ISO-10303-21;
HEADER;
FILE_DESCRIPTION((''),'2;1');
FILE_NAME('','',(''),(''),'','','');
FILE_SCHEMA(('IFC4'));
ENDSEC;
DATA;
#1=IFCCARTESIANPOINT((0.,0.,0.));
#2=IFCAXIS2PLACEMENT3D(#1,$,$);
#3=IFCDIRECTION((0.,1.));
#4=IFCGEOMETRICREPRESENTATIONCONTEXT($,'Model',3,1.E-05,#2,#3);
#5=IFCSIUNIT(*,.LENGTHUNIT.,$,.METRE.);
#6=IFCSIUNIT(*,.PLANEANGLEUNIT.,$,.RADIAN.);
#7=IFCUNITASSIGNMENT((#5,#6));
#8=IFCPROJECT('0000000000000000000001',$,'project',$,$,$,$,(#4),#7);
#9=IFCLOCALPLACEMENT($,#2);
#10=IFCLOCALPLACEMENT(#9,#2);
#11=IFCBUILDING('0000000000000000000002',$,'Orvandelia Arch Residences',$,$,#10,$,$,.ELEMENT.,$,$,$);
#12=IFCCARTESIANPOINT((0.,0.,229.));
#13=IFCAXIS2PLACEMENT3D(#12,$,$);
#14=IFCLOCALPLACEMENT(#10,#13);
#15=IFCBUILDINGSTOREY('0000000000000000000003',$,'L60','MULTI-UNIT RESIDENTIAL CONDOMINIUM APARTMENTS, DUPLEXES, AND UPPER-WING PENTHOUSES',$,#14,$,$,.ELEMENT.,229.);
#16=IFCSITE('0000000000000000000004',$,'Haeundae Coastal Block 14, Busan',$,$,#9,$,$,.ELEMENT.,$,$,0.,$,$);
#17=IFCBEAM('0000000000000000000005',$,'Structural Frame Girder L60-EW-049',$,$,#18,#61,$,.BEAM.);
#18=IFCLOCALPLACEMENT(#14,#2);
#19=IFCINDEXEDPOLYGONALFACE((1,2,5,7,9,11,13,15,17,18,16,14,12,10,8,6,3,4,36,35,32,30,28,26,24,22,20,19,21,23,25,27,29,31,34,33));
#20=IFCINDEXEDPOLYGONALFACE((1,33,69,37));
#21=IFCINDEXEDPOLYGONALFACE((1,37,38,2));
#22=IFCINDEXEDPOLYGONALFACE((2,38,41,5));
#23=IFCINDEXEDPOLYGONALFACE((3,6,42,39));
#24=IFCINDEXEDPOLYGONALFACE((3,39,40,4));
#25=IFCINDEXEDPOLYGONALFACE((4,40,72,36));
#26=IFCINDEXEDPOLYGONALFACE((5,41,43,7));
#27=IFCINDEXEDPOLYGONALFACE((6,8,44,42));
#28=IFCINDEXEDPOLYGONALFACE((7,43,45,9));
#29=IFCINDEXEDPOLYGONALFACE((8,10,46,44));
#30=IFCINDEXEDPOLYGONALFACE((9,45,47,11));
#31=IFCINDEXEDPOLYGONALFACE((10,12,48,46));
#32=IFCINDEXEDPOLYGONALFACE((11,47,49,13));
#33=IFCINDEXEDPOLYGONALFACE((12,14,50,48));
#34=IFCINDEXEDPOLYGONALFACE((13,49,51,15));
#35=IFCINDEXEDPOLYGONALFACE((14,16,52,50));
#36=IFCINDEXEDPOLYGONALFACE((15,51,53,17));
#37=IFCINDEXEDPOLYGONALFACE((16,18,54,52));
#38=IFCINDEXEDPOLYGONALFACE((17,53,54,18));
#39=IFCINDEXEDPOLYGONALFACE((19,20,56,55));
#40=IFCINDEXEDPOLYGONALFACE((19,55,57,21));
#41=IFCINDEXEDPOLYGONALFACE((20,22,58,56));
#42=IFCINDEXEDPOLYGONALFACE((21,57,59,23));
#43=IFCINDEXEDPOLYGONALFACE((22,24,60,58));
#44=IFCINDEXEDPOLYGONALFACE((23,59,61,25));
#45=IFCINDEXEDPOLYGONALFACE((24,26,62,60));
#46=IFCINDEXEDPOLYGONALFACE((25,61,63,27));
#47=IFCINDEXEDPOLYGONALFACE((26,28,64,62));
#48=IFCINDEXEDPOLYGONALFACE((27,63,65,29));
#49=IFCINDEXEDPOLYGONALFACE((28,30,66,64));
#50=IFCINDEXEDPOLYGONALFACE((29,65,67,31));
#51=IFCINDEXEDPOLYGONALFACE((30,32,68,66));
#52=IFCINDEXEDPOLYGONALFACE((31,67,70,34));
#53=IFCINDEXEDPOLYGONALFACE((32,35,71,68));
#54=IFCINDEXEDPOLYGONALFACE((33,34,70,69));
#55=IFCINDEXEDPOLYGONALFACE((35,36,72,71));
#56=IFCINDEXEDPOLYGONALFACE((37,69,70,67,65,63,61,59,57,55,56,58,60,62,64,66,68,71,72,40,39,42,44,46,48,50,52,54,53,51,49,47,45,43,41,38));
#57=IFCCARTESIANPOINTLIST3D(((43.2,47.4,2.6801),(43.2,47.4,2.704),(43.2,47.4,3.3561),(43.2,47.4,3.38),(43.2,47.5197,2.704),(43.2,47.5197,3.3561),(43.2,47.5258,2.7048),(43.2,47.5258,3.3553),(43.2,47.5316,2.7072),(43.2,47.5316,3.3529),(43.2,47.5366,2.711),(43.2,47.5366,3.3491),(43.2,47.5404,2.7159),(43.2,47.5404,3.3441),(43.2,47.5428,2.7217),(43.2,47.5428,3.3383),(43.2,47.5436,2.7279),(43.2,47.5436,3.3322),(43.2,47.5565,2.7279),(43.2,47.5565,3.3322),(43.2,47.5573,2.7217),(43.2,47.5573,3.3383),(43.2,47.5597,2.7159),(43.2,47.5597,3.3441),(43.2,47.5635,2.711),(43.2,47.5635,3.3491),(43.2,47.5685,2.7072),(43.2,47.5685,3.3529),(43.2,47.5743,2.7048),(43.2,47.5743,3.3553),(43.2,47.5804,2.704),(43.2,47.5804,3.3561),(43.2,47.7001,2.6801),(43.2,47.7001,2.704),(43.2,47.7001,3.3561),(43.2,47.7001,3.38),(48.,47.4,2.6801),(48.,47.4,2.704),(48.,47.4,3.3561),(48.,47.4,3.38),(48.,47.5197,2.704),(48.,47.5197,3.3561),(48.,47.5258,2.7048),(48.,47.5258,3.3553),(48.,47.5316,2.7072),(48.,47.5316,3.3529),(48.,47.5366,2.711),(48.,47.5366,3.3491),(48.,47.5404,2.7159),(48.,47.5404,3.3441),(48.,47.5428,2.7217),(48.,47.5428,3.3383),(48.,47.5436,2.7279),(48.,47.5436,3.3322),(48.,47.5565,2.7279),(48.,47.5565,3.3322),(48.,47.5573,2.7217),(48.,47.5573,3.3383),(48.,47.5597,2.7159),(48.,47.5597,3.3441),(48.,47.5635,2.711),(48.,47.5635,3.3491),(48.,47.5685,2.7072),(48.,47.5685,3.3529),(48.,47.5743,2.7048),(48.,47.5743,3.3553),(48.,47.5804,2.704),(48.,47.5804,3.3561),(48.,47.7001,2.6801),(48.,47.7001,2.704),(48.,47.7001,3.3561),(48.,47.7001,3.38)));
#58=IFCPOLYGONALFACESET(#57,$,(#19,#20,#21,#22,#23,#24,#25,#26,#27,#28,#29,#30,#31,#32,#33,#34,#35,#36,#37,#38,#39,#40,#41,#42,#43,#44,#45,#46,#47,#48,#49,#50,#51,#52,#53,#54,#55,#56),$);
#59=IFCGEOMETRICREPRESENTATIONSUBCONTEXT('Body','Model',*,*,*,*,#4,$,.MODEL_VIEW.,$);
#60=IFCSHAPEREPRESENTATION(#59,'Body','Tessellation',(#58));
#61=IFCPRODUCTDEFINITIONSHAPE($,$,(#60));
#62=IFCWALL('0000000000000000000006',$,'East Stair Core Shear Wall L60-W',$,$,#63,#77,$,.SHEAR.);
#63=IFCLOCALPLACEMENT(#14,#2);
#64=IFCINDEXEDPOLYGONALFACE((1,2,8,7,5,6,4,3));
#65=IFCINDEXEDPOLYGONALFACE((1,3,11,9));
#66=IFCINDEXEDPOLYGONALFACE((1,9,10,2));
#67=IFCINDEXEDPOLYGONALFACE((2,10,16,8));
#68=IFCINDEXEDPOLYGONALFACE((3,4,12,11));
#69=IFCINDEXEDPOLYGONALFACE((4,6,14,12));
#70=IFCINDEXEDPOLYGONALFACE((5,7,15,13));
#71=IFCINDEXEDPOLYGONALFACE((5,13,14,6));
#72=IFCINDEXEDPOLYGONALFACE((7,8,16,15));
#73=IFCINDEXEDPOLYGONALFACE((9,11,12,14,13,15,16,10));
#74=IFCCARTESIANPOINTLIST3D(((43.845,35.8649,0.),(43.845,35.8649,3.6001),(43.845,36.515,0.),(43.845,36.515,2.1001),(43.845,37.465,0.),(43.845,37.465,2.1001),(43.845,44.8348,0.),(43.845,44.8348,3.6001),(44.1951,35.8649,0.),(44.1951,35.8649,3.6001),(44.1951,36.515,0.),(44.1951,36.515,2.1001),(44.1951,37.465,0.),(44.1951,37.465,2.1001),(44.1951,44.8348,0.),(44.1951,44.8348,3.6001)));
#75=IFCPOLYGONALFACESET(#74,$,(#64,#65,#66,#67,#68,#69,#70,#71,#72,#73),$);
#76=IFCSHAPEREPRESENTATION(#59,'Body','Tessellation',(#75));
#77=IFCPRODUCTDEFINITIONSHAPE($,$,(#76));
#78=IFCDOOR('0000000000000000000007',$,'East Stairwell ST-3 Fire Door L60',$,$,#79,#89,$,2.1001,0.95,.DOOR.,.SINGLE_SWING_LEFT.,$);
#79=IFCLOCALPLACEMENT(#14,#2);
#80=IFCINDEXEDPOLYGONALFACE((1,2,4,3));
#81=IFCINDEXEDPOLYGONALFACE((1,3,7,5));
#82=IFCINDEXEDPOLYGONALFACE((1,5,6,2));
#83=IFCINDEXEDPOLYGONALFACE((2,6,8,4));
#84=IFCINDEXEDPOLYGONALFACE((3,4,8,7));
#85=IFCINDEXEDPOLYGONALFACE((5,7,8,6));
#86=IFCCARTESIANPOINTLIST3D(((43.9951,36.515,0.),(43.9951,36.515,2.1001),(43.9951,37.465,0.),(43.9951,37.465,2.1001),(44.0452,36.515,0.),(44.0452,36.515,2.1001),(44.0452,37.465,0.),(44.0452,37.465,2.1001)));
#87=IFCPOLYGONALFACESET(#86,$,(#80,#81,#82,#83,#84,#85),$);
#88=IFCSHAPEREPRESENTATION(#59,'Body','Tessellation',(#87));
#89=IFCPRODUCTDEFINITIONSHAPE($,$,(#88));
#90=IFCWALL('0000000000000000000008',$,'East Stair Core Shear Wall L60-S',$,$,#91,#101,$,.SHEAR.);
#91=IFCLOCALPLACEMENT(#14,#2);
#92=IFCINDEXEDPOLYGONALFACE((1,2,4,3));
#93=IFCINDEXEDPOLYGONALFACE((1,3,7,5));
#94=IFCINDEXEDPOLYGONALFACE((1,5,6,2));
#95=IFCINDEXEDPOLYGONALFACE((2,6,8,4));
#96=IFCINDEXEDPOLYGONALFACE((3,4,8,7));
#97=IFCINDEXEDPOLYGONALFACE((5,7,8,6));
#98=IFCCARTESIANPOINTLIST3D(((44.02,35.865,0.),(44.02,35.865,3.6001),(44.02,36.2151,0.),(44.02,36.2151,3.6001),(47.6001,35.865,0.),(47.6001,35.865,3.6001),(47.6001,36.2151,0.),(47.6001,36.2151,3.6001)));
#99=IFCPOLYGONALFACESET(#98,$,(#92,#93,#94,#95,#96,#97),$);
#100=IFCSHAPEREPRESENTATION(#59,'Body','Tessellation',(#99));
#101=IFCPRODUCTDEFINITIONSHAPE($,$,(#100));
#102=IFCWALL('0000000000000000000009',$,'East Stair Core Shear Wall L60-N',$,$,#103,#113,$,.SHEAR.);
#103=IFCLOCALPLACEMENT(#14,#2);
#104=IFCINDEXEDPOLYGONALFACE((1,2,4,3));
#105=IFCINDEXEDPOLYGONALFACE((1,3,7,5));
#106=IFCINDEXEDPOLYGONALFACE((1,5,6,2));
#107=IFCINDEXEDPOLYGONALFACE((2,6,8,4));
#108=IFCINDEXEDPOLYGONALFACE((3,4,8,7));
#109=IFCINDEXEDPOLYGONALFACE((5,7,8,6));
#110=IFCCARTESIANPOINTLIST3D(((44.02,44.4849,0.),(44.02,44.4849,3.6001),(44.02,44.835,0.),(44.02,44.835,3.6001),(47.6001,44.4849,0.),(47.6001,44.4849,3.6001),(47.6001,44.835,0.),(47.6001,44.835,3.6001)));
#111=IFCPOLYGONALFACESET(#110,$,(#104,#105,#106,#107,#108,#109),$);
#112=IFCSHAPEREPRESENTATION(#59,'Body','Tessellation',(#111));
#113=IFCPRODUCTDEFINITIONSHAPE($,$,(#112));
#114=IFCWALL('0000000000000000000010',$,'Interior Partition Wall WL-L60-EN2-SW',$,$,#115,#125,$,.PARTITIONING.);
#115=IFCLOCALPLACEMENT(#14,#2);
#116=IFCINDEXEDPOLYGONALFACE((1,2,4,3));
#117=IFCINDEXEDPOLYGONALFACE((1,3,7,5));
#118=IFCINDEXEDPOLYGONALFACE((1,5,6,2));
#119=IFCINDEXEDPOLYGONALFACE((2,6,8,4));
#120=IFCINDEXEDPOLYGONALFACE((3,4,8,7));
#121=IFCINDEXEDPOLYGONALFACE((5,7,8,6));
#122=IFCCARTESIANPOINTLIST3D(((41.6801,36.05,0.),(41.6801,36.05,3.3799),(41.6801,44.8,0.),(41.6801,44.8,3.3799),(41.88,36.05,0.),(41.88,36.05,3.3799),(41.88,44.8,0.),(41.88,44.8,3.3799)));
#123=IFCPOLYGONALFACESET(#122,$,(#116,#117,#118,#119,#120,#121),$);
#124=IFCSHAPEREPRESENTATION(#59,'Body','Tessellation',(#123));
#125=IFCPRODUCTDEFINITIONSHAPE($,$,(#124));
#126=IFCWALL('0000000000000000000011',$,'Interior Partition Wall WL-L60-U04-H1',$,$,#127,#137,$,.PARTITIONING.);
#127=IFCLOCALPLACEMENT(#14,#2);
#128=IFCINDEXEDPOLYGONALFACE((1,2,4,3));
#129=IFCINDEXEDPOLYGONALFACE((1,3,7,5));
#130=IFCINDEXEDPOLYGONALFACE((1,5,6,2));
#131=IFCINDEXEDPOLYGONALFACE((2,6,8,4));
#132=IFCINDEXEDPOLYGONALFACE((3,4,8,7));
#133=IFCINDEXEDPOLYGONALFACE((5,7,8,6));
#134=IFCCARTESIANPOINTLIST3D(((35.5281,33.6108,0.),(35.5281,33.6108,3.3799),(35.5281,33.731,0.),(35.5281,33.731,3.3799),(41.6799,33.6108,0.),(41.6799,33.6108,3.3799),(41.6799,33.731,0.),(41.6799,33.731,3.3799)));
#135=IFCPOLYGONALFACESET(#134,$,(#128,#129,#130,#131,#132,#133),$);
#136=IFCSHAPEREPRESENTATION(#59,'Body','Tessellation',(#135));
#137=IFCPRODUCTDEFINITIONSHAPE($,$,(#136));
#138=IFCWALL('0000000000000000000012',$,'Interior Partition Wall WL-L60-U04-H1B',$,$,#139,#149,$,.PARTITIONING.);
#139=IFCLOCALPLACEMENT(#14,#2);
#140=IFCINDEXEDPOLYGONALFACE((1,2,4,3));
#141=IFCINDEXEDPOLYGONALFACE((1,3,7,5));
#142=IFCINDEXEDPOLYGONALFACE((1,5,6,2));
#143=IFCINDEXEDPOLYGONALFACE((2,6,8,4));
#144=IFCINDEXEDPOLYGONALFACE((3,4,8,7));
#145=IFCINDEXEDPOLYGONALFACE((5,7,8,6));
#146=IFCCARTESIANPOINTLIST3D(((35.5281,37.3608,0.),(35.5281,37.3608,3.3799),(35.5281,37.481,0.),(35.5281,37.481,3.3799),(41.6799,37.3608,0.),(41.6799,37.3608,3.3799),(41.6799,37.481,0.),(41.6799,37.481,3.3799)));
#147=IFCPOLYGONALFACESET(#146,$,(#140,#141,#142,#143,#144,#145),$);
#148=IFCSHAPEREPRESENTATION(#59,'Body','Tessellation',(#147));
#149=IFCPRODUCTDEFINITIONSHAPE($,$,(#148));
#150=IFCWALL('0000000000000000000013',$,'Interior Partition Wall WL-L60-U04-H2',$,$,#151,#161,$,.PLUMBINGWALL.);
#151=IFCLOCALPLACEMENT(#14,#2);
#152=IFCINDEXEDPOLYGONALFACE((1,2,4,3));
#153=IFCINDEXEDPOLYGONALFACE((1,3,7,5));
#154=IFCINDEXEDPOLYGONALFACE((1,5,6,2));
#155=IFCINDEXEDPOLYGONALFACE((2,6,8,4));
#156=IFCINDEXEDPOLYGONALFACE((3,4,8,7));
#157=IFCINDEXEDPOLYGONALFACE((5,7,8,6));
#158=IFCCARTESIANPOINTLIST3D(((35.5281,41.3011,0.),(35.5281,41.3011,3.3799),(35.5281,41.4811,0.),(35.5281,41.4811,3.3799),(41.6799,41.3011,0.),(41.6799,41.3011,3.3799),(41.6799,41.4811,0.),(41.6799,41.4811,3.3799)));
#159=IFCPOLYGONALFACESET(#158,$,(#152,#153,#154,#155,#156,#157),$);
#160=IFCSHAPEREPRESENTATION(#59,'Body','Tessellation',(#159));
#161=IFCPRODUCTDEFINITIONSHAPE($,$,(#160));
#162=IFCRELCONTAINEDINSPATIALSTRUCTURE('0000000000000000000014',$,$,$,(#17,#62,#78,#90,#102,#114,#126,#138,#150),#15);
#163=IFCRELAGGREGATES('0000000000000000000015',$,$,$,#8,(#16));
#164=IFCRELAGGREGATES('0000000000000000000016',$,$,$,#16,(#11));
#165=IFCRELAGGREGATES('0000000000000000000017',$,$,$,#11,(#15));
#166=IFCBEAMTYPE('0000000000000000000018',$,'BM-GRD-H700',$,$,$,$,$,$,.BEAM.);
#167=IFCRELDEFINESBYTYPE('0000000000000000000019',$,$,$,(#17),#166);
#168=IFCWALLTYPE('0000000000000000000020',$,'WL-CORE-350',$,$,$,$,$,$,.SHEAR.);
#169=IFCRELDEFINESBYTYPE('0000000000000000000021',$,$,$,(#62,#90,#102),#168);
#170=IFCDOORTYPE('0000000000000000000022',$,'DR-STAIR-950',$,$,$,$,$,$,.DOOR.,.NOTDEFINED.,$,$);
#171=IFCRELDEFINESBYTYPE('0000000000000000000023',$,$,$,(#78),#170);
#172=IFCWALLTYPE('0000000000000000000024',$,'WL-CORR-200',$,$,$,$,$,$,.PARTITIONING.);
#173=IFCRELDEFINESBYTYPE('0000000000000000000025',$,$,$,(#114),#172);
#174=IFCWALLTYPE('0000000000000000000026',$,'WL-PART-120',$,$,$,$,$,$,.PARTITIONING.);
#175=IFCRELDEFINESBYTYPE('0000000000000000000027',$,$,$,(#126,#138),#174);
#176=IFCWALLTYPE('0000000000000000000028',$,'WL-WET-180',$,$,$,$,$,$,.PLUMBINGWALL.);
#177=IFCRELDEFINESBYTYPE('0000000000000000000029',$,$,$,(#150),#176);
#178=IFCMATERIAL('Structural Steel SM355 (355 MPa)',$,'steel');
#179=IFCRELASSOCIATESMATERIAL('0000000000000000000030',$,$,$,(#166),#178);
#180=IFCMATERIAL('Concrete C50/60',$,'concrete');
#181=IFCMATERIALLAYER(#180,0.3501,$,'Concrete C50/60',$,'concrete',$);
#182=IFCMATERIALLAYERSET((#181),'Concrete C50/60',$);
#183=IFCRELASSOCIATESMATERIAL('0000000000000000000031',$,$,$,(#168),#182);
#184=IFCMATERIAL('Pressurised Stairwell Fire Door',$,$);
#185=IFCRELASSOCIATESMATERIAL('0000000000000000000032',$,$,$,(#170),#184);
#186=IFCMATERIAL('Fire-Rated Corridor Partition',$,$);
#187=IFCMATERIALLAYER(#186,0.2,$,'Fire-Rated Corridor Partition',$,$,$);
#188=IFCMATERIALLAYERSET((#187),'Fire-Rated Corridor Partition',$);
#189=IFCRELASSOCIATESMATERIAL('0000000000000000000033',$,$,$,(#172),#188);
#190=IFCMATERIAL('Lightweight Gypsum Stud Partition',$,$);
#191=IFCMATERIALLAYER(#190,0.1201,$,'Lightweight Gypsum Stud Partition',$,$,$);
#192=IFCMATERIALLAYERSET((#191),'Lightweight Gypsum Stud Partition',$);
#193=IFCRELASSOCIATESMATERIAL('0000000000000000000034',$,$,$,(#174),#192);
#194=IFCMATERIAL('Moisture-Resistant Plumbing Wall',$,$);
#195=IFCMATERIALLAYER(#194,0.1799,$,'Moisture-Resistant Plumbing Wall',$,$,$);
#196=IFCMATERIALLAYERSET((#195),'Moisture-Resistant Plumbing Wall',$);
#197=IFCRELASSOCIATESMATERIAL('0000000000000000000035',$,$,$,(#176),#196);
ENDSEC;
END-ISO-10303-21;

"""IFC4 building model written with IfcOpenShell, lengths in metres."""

from ifc_helpers import new_model, si_unit, direction, frame, frame_2d, origin, origin_2d, place, context, subcontext, project, spatial, rectangle, i_section, extrude, material, layer, layer_set, material_profile, profile_set, type_object, element, fill, save


model = new_model("IFC4")

# Units and contexts
model_context = context("Model", 3, precision=1e-05, world=origin(), true_north=direction((0.0, 1.0)))
body_context = subcontext(model_context, "Body", "Model", "MODEL_VIEW")
ifc_project = project(units=[si_unit("LENGTHUNIT", "METRE"), si_unit("PLANEANGLEUNIT", "RADIAN")], contexts=[model_context])

# Site, building, storey
site_placement = place(None, origin())
site = spatial("IfcSite", under=ifc_project, at=site_placement, Name="Haeundae Coastal Block 14, Busan", CompositionType="ELEMENT", RefElevation=0.0)
building_placement = place(site_placement, origin())
building = spatial("IfcBuilding", under=site, at=building_placement, Name="Orvandelia Arch Residences", CompositionType="ELEMENT")
storey_placement = place(building_placement, frame((0.0, 0.0, 229.0)))
storey = spatial("IfcBuildingStorey", under=building, at=storey_placement, Name="L60", Description="MULTI-UNIT RESIDENTIAL CONDOMINIUM APARTMENTS, DUPLEXES, AND UPPER-WING PENTHOUSES", CompositionType="ELEMENT", Elevation=229.0)

# Beam
ifc_material_1 = material(Name="Structural Steel SM355 (355 MPa)", Category="steel")
ifc_material_profile_1 = material_profile(ifc_material_1, i_section(OverallWidth=0.3, OverallDepth=0.7, WebThickness=0.0129, FlangeThickness=0.0239, FilletRadius=0.0239, at=origin_2d()), Name="Structural Steel SM355 (355 MPa)", Category="steel")
ifc_profile_set_1 = profile_set([ifc_material_profile_1], Name="Structural Steel SM355 (355 MPa)")
beam_type = type_object("IfcBeamType", Name="BM-GRD-H700", PredefinedType="BEAM", material=ifc_profile_set_1)
for number, where, z_axis, x_axis, name in (
    (1, (43.2, 47.55, 3.03), (1.0, 0.0, 0.0), (0.0, 1.0, 0.0), "Structural Frame Girder L60-EW-049"),
):
    element("IfcBeam", number, at=place(storey_placement, frame(where, z_axis=z_axis, x_axis=x_axis)), inside=storey, type_object=beam_type, Name=name, PredefinedType="BEAM", context=body_context, shape_type="SweptSolid", body=[
        extrude(i_section(OverallWidth=0.3, OverallDepth=0.7, WebThickness=0.0129, FlangeThickness=0.0239, FilletRadius=0.0239, at=origin_2d()), origin(), (0.0, 0.0, 1.0), 4.8),
    ])

# Wall, opening, door
ifc_material_2 = material(Name="Concrete C50/60", Category="concrete")
ifc_layer_1 = layer(ifc_material_2, 0.3501, Name="Concrete C50/60", Category="concrete")
ifc_layer_set_1 = layer_set([ifc_layer_1], Name="Concrete C50/60")
wall_type_1 = type_object("IfcWallType", Name="WL-CORE-350", PredefinedType="SHEAR", material=ifc_layer_set_1)
wall_1_placement = place(storey_placement, frame((44.02, 35.865, 0.0), z_axis=(0.0, 0.0, 1.0), x_axis=(0.0, 1.0, 0.0)))
wall_1 = element("IfcWall", 2, at=wall_1_placement, inside=storey, type_object=wall_type_1, Name="East Stair Core Shear Wall L60-W", PredefinedType="SHEAR", context=body_context, shape_type="SweptSolid", body=[
    extrude(rectangle(XDim=8.97, YDim=0.3501, at=frame_2d((4.4849, 0.0))), origin(), (0.0, 0.0, 1.0), 3.6001),
])
opening_1_placement = place(wall_1_placement, frame((0.6499, 0.0, 0.0)))
opening_1 = element("IfcOpeningElement", 3, at=opening_1_placement, cuts=wall_1, PredefinedType="OPENING", context=body_context, shape_type="SweptSolid", body=[
    extrude(rectangle(XDim=0.95, YDim=2.1001, at=frame_2d((0.4751, 1.05))), frame((0.0, 0.1851, 0.0), z_axis=(0.0, -1.0, 0.0), x_axis=(1.0, 0.0, 0.0)), (0.0, 0.0, 1.0), 0.3701),
])
ifc_material_3 = material(Name="Pressurised Stairwell Fire Door")
door_type_1 = type_object("IfcDoorType", Name="DR-STAIR-950", OperationType="NOTDEFINED", PredefinedType="DOOR", material=ifc_material_3)
door_1_placement = place(opening_1_placement, origin())
door_1 = element("IfcDoor", 4, at=door_1_placement, inside=storey, type_object=door_type_1, Name="East Stairwell ST-3 Fire Door L60", OperationType="SINGLE_SWING_LEFT", OverallHeight=2.1001, OverallWidth=0.95, PredefinedType="DOOR", context=body_context, shape_type="SweptSolid", body=[
    extrude(rectangle(XDim=0.95, YDim=2.1001, at=frame_2d((0.4751, 1.05))), frame((0.0, 0.0249, 0.0), z_axis=(0.0, -1.0, 0.0), x_axis=(1.0, 0.0, 0.0)), (0.0, 0.0, 1.0), 0.05),
])
fill(opening_1, door_1)

# Walls
for number, where, z_axis, x_axis, name in (
    (5, (44.02, 36.04, 0.0), (0.0, 0.0, 1.0), (1.0, 0.0, 0.0), "East Stair Core Shear Wall L60-S"),
    (6, (44.02, 44.6599, 0.0), (0.0, 0.0, 1.0), (1.0, 0.0, 0.0), "East Stair Core Shear Wall L60-N"),
):
    element("IfcWall", number, at=place(storey_placement, frame(where, z_axis=z_axis, x_axis=x_axis)), inside=storey, type_object=wall_type_1, Name=name, PredefinedType="SHEAR", context=body_context, shape_type="SweptSolid", body=[
        extrude(rectangle(XDim=3.5801, YDim=0.3501, at=frame_2d((1.79, 0.0))), origin(), (0.0, 0.0, 1.0), 3.6001),
    ])
ifc_material_4 = material(Name="Fire-Rated Corridor Partition")
ifc_layer_2 = layer(ifc_material_4, 0.2, Name="Fire-Rated Corridor Partition")
ifc_layer_set_2 = layer_set([ifc_layer_2], Name="Fire-Rated Corridor Partition")
wall_type_2 = type_object("IfcWallType", Name="WL-CORR-200", PredefinedType="PARTITIONING", material=ifc_layer_set_2)
wall_2_placement = place(storey_placement, frame((41.78, 36.05, 0.0), z_axis=(0.0, 0.0, 1.0), x_axis=(0.0, 1.0, 0.0)))
element("IfcWall", 7, at=wall_2_placement, inside=storey, type_object=wall_type_2, Name="Interior Partition Wall WL-L60-EN2-SW", PredefinedType="PARTITIONING", context=body_context, shape_type="SweptSolid", body=[
    extrude(rectangle(XDim=8.75, YDim=0.2, at=frame_2d((4.375, 0.0))), origin(), (0.0, 0.0, 1.0), 3.3799),
])

# Walls
ifc_material_5 = material(Name="Lightweight Gypsum Stud Partition")
ifc_layer_3 = layer(ifc_material_5, 0.1201, Name="Lightweight Gypsum Stud Partition")
ifc_layer_set_3 = layer_set([ifc_layer_3], Name="Lightweight Gypsum Stud Partition")
wall_type_3 = type_object("IfcWallType", Name="WL-PART-120", PredefinedType="PARTITIONING", material=ifc_layer_set_3)
for number, where, z_axis, x_axis, name in (
    (8, (35.5281, 33.6709, 0.0), (0.0, 0.0, 1.0), (1.0, 0.0, 0.0), "Interior Partition Wall WL-L60-U04-H1"),
    (9, (35.5281, 37.4209, 0.0), (0.0, 0.0, 1.0), (1.0, 0.0, 0.0), "Interior Partition Wall WL-L60-U04-H1B"),
):
    element("IfcWall", number, at=place(storey_placement, frame(where, z_axis=z_axis, x_axis=x_axis)), inside=storey, type_object=wall_type_3, Name=name, PredefinedType="PARTITIONING", context=body_context, shape_type="SweptSolid", body=[
        extrude(rectangle(XDim=6.1519, YDim=0.1201, at=frame_2d((3.0759, 0.0))), origin(), (0.0, 0.0, 1.0), 3.3799),
    ])
ifc_material_6 = material(Name="Moisture-Resistant Plumbing Wall")
ifc_layer_4 = layer(ifc_material_6, 0.1799, Name="Moisture-Resistant Plumbing Wall")
ifc_layer_set_4 = layer_set([ifc_layer_4], Name="Moisture-Resistant Plumbing Wall")
wall_type_4 = type_object("IfcWallType", Name="WL-WET-180", PredefinedType="PLUMBINGWALL", material=ifc_layer_set_4)
wall_3_placement = place(storey_placement, frame((35.5281, 41.3911, 0.0), z_axis=(0.0, 0.0, 1.0), x_axis=(1.0, 0.0, 0.0)))
element("IfcWall", 10, at=wall_3_placement, inside=storey, type_object=wall_type_4, Name="Interior Partition Wall WL-L60-U04-H2", PredefinedType="PLUMBINGWALL", context=body_context, shape_type="SweptSolid", body=[
    extrude(rectangle(XDim=6.1519, YDim=0.1799, at=frame_2d((3.0759, 0.0))), origin(), (0.0, 0.0, 1.0), 3.3799),
])

save(model, "model.ifc")
